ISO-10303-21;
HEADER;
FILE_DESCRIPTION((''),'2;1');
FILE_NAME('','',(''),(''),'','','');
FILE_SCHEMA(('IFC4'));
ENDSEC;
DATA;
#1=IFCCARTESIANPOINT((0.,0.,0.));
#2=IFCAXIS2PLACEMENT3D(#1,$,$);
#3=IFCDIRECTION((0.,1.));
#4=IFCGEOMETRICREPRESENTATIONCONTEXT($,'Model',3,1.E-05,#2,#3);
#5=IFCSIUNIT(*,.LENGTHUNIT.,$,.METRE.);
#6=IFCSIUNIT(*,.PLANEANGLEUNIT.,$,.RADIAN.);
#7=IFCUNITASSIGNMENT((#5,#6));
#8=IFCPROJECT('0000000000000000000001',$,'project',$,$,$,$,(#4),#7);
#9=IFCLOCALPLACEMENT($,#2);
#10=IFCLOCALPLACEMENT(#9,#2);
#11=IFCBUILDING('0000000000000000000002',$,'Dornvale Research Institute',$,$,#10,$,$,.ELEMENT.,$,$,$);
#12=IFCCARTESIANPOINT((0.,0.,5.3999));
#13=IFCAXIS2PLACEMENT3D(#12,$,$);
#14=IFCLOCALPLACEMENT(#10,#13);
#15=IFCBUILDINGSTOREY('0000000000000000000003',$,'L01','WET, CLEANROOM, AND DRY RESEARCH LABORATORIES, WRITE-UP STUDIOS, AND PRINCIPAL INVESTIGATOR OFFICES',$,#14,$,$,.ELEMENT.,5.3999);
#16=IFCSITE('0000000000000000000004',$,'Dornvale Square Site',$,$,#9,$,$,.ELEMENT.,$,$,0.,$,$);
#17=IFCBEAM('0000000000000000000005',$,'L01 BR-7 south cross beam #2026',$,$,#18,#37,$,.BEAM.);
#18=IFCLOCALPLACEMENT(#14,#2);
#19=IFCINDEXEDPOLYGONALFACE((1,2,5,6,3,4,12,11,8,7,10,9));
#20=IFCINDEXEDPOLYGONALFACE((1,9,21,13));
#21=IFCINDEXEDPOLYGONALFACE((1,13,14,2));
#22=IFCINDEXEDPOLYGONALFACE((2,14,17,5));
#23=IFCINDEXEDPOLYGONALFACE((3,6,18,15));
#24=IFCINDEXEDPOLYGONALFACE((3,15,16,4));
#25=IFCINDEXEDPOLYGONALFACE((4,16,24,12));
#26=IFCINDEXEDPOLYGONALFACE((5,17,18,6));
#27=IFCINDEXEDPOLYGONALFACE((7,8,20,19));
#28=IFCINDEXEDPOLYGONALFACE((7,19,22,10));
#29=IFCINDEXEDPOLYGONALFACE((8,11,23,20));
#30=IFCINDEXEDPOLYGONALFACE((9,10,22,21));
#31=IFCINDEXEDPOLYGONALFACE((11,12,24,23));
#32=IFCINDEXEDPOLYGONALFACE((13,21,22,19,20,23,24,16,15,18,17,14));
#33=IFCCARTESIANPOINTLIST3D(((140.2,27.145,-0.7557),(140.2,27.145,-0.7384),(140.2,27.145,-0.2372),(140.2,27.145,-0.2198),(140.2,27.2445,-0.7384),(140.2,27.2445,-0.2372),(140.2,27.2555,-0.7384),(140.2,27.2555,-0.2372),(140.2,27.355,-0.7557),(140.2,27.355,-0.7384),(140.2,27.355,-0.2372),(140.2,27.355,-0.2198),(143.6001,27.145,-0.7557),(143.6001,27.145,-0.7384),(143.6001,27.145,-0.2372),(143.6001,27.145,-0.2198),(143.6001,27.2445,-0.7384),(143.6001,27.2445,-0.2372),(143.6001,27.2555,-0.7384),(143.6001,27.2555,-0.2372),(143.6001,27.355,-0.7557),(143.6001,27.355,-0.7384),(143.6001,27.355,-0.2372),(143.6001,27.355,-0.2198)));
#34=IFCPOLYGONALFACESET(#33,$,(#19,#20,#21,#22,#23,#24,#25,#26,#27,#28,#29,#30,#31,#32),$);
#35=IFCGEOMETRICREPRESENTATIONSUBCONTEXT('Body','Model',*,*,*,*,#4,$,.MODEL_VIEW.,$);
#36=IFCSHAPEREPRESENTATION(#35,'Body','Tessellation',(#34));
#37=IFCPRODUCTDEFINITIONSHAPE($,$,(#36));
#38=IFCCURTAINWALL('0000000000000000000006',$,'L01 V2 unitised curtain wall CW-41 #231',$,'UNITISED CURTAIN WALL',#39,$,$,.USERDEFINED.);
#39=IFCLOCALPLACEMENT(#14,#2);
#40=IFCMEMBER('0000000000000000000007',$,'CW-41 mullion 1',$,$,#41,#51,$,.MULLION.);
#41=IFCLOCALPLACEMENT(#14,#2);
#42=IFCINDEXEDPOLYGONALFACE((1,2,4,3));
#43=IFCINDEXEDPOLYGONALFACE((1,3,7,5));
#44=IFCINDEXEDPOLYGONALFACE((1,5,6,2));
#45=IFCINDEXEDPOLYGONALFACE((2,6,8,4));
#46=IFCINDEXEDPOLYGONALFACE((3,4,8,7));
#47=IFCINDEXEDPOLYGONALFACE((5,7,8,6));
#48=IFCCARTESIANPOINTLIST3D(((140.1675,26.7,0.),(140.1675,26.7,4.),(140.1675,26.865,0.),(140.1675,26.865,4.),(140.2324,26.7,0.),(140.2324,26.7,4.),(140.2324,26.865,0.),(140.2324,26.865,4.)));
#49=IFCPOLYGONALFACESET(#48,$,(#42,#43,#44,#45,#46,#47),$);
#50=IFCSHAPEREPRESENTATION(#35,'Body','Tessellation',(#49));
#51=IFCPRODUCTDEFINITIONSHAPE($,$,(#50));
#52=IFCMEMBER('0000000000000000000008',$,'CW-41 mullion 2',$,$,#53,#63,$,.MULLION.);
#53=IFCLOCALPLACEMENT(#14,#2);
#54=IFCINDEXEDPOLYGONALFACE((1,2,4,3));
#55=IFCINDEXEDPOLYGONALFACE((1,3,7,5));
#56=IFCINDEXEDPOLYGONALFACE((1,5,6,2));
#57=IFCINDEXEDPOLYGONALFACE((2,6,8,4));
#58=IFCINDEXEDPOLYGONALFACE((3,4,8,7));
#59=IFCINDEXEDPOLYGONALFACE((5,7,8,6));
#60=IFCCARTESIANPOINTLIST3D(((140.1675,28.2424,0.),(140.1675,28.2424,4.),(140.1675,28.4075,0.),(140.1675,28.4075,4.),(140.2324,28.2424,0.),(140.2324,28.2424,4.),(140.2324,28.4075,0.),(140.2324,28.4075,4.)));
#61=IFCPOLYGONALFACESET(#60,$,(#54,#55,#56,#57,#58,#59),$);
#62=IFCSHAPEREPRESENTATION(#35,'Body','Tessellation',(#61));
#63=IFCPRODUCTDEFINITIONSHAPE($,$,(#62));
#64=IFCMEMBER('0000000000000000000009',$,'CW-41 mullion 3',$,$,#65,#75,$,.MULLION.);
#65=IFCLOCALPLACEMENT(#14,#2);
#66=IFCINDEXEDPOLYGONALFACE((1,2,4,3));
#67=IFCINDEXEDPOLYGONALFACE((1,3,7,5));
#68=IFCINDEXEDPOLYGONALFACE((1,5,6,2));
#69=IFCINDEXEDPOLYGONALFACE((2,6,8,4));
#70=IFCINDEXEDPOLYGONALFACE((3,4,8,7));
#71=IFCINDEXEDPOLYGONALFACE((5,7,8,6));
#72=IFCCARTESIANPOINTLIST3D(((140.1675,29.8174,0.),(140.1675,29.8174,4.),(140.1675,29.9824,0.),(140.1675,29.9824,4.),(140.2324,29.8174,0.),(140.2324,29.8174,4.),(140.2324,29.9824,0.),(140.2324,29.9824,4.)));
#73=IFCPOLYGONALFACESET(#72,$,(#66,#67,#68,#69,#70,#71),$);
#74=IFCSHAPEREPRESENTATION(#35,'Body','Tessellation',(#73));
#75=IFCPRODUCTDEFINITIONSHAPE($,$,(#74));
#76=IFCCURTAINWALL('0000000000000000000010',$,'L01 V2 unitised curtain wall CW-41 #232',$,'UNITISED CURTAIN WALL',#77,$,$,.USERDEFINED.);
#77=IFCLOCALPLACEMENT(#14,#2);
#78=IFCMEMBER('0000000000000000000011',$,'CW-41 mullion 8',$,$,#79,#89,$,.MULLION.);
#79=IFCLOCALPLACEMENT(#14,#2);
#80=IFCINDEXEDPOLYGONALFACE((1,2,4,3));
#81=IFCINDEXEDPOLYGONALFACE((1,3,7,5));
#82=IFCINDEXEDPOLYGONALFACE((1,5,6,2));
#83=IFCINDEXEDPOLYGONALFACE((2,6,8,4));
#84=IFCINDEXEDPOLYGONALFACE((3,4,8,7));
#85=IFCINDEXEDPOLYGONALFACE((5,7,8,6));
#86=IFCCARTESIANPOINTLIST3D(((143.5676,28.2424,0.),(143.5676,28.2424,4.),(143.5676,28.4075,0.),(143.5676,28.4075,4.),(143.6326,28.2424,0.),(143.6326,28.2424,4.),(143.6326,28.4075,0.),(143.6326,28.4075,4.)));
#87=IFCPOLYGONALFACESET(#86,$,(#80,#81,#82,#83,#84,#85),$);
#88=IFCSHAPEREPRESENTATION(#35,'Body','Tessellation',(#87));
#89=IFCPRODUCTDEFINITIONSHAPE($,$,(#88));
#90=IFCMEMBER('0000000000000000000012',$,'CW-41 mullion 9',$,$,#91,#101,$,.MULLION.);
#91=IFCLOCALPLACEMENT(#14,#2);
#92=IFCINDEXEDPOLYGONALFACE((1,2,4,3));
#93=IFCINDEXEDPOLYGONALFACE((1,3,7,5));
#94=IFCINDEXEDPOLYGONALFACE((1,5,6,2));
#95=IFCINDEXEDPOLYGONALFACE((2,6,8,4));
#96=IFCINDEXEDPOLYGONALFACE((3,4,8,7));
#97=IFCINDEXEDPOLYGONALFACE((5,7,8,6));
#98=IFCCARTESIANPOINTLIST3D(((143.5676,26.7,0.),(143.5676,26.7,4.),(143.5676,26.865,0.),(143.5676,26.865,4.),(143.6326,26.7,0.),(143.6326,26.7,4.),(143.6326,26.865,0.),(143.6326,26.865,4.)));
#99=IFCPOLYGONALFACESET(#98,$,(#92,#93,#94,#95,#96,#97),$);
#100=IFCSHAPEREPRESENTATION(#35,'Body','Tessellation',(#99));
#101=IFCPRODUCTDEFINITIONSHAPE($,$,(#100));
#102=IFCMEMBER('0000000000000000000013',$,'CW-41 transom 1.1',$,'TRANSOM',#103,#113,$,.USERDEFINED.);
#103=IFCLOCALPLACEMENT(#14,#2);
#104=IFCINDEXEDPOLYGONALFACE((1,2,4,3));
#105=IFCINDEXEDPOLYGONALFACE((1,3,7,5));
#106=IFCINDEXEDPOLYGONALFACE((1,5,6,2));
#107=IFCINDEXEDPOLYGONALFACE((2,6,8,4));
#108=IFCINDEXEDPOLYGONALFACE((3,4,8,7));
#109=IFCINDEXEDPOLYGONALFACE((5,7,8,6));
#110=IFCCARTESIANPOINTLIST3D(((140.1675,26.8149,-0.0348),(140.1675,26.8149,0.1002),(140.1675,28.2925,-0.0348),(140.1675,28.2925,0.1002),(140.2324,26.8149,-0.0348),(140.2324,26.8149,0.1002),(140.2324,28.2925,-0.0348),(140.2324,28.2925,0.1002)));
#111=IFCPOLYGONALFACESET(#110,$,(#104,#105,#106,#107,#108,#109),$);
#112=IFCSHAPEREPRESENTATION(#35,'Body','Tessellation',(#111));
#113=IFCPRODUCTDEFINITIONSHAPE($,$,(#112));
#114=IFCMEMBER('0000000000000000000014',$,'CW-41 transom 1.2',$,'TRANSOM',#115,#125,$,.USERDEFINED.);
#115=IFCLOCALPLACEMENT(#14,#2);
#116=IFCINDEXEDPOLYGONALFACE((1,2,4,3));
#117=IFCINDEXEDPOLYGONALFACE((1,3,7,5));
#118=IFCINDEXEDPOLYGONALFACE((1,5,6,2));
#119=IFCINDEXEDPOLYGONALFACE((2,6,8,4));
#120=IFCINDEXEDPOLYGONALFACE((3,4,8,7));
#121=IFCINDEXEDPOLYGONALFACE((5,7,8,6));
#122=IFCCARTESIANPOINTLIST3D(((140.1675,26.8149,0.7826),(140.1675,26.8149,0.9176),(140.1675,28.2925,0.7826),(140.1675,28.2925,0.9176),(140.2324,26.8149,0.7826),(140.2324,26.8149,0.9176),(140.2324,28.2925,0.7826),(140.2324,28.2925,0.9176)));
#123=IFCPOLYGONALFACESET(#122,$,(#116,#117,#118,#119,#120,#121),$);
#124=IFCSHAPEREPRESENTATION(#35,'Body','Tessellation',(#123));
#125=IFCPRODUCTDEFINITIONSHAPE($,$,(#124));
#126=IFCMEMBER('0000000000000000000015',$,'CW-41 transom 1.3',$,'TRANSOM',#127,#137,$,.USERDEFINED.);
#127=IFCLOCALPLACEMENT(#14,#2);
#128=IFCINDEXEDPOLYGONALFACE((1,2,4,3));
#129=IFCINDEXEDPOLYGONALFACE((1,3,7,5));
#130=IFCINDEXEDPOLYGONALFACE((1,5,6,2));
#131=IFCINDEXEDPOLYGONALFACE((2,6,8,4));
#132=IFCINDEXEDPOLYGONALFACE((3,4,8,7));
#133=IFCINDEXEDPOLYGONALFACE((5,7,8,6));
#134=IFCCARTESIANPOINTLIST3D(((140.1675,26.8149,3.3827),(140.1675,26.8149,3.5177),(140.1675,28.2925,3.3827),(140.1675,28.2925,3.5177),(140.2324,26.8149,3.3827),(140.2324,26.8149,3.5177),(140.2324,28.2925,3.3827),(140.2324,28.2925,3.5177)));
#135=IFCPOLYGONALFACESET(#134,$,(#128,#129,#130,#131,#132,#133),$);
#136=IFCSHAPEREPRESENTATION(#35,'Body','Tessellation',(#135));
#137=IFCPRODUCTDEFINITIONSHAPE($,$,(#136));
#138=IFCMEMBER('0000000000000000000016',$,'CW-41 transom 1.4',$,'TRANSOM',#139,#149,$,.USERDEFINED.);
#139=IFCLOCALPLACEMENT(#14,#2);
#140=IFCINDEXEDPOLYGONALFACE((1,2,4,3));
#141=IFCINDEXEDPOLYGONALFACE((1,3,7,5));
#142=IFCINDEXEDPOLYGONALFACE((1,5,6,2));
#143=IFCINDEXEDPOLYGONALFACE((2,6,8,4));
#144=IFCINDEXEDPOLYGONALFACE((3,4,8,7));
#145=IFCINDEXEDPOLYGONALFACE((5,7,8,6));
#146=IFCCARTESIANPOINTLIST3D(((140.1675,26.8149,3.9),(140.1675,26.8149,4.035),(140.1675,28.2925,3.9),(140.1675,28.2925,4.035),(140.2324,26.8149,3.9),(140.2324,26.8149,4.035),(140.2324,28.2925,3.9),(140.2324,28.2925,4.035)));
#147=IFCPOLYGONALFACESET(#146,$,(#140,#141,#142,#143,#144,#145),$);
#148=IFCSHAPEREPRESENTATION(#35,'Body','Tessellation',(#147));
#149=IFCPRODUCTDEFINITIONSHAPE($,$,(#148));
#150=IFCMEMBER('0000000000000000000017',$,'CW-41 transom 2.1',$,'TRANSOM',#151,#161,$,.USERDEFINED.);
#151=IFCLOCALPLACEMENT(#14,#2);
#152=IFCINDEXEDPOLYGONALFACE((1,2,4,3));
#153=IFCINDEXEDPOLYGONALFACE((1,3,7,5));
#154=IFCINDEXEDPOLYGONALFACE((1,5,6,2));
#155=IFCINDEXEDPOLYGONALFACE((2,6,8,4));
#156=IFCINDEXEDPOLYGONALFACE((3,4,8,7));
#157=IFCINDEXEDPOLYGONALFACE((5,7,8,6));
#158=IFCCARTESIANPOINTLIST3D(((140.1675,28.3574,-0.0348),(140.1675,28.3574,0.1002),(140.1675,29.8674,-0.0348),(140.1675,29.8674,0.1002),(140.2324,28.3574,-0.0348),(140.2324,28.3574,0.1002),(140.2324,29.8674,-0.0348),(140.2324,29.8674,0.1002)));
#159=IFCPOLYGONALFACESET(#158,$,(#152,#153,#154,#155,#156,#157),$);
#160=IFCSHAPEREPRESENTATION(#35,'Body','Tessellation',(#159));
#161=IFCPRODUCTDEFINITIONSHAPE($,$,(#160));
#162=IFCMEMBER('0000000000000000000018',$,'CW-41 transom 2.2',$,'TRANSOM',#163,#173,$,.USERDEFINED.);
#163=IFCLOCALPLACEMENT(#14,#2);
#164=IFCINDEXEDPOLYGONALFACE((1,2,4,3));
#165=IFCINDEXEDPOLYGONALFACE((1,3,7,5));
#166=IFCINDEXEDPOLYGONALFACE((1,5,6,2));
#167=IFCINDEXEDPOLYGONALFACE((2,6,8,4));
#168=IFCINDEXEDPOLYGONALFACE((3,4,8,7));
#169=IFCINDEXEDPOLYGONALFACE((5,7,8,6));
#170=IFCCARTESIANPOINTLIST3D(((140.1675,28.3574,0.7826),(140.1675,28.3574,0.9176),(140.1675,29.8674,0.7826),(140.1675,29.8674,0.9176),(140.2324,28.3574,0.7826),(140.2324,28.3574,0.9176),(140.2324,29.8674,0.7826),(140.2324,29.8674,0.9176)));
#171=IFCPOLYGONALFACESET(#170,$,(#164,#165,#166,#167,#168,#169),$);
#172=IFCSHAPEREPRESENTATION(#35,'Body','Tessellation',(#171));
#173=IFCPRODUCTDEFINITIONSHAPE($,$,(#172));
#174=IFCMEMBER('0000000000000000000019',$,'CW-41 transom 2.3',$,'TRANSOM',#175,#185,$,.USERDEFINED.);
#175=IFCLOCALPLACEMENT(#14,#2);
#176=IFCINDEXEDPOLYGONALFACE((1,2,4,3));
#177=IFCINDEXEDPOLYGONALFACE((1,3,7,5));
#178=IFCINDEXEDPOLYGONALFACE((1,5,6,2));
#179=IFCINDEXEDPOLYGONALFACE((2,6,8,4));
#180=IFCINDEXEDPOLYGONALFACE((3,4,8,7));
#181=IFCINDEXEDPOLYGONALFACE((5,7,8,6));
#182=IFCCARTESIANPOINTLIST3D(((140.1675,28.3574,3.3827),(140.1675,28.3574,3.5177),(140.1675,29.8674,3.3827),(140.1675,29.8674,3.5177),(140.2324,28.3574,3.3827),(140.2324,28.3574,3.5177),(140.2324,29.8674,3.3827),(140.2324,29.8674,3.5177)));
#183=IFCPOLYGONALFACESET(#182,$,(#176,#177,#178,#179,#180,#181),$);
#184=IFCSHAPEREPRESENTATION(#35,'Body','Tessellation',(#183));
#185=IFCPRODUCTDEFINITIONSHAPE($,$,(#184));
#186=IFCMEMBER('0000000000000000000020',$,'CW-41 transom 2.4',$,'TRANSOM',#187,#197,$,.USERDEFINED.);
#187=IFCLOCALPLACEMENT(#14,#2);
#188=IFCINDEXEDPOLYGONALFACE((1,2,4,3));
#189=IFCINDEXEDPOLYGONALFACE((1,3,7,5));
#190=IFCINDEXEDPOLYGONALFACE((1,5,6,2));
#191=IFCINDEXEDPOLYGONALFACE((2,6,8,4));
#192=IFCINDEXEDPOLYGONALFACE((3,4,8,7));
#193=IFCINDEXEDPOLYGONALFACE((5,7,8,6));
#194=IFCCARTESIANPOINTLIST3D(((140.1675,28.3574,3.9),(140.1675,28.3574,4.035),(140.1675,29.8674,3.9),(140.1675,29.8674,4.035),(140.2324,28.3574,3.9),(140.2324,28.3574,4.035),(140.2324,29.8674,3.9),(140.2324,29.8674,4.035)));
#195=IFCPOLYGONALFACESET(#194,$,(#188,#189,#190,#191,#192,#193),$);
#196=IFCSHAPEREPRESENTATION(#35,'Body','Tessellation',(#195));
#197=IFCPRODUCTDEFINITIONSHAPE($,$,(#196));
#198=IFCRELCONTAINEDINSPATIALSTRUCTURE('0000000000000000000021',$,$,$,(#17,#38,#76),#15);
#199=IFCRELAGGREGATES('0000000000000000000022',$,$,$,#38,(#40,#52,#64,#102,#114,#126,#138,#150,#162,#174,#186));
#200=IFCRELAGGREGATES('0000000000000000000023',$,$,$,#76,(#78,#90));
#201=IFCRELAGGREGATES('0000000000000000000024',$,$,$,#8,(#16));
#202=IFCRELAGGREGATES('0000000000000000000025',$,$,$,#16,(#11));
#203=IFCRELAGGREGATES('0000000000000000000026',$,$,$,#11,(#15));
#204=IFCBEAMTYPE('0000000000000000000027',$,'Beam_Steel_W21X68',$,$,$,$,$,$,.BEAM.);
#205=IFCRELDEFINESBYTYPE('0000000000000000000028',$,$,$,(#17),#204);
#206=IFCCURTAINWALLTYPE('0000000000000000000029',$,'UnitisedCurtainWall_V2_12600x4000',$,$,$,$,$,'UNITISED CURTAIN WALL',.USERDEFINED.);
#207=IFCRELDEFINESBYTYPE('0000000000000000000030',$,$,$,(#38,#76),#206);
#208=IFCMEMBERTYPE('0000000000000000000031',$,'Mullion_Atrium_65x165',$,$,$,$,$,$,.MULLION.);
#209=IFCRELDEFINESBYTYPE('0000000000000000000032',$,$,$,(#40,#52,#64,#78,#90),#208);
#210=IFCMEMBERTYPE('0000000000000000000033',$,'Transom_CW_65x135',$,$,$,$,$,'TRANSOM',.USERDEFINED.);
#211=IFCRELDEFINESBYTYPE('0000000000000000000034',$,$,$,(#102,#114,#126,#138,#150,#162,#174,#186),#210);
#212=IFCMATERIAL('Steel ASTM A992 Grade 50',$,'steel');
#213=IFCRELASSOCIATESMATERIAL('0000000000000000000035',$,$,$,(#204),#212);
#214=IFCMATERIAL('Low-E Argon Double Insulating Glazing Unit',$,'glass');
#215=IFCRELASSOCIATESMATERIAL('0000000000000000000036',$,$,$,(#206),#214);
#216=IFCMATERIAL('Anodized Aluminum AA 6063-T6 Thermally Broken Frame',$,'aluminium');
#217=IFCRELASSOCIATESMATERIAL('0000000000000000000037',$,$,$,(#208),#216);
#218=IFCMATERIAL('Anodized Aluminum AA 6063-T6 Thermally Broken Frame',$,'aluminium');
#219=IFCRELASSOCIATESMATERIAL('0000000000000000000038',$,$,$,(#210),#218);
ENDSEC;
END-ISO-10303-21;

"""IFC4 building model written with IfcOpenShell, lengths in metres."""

from ifc_helpers import new_model, si_unit, direction, frame, origin, origin_2d, place, context, subcontext, project, spatial, rectangle, i_section, extrude, material, material_profile, profile_set, type_object, element, aggregate, save


model = new_model("IFC4")

# Units and contexts
model_context = context("Model", 3, precision=1e-05, world=origin(), true_north=direction((0.0, 1.0)))
body_context = subcontext(model_context, "Body", "Model", "MODEL_VIEW")
ifc_project = project(units=[si_unit("LENGTHUNIT", "METRE"), si_unit("PLANEANGLEUNIT", "RADIAN")], contexts=[model_context])

# Site, building, storey
site_placement = place(None, origin())
site = spatial("IfcSite", under=ifc_project, at=site_placement, Name="Dornvale Square Site", CompositionType="ELEMENT", RefElevation=0.0)
building_placement = place(site_placement, origin())
building = spatial("IfcBuilding", under=site, at=building_placement, Name="Dornvale Research Institute", CompositionType="ELEMENT")
storey_placement = place(building_placement, frame((0.0, 0.0, 5.3999)))
storey = spatial("IfcBuildingStorey", under=building, at=storey_placement, Name="L01", Description="WET, CLEANROOM, AND DRY RESEARCH LABORATORIES, WRITE-UP STUDIOS, AND PRINCIPAL INVESTIGATOR OFFICES", CompositionType="ELEMENT", Elevation=5.3999)

# Beam
ifc_material_1 = material(Name="Steel ASTM A992 Grade 50", Category="steel")
ifc_material_profile_1 = material_profile(ifc_material_1, i_section(OverallWidth=0.21, OverallDepth=0.5359, WebThickness=0.011, FlangeThickness=0.0173, at=origin_2d()), Name="W21X68")
ifc_profile_set_1 = profile_set([ifc_material_profile_1], Name="Steel ASTM A992 Grade 50")
beam_type = type_object("IfcBeamType", Name="Beam_Steel_W21X68", PredefinedType="BEAM", material=ifc_profile_set_1)
beam_placement = place(storey_placement, frame((140.2, 27.25, -0.4878), z_axis=(1.0, 0.0, 0.0), x_axis=(0.0, 1.0, 0.0)))
element("IfcBeam", 1, at=beam_placement, inside=storey, type_object=beam_type, Name="L01 BR-7 south cross beam #2026", PredefinedType="BEAM", context=body_context, shape_type="SweptSolid", body=[
    extrude(i_section(OverallWidth=0.21, OverallDepth=0.5359, WebThickness=0.011, FlangeThickness=0.0173, at=origin_2d()), origin(), (0.0, 0.0, 1.0), 3.4001),
])

# Curtain walls, members
ifc_material_2 = material(Name="Low-E Argon Double Insulating Glazing Unit", Category="glass")
curtain_wall_type = type_object("IfcCurtainWallType", Name="UnitisedCurtainWall_V2_12600x4000", ElementType="UNITISED CURTAIN WALL", PredefinedType="USERDEFINED", material=ifc_material_2)
curtain_wall_1_placement = place(storey_placement, origin())
curtain_wall_1 = element("IfcCurtainWall", 2, at=curtain_wall_1_placement, inside=storey, type_object=curtain_wall_type, Name="L01 V2 unitised curtain wall CW-41 #231", ObjectType="UNITISED CURTAIN WALL", PredefinedType="USERDEFINED")
ifc_material_3 = material(Name="Anodized Aluminum AA 6063-T6 Thermally Broken Frame", Category="aluminium")
ifc_material_profile_2 = material_profile(ifc_material_3, rectangle(XDim=0.0649, YDim=0.165, at=origin_2d()), Name="ALU MULLION 65x165")
ifc_profile_set_2 = profile_set([ifc_material_profile_2], Name="Anodized Aluminum AA 6063-T6 Thermally Broken Frame")
member_type_1 = type_object("IfcMemberType", Name="Mullion_Atrium_65x165", PredefinedType="MULLION", material=ifc_profile_set_2)
member_1_placement = place(storey_placement, frame((140.2, 26.7825, 0.0), z_axis=(0.0, 0.0, 1.0), x_axis=(-1.0, 0.0, 0.0)))
member_1 = element("IfcMember", 3, at=member_1_placement, type_object=member_type_1, Name="CW-41 mullion 1", PredefinedType="MULLION", context=body_context, shape_type="SweptSolid", body=[
    extrude(rectangle(XDim=0.0649, YDim=0.165, at=origin_2d()), origin(), (0.0, 0.0, 1.0), 4.0),
])
member_2_placement = place(storey_placement, frame((140.2, 28.325, 0.0), z_axis=(0.0, 0.0, 1.0), x_axis=(-1.0, 0.0, 0.0)))
member_2 = element("IfcMember", 4, at=member_2_placement, type_object=member_type_1, Name="CW-41 mullion 2", PredefinedType="MULLION", context=body_context, shape_type="SweptSolid", body=[
    extrude(rectangle(XDim=0.0649, YDim=0.165, at=origin_2d()), origin(), (0.0, 0.0, 1.0), 4.0),
])
member_3_placement = place(storey_placement, frame((140.2, 29.8999, 0.0), z_axis=(0.0, 0.0, 1.0), x_axis=(-1.0, 0.0, 0.0)))
member_3 = element("IfcMember", 5, at=member_3_placement, type_object=member_type_1, Name="CW-41 mullion 3", PredefinedType="MULLION", context=body_context, shape_type="SweptSolid", body=[
    extrude(rectangle(XDim=0.0649, YDim=0.165, at=origin_2d()), origin(), (0.0, 0.0, 1.0), 4.0),
])
curtain_wall_2_placement = place(storey_placement, origin())
curtain_wall_2 = element("IfcCurtainWall", 6, at=curtain_wall_2_placement, inside=storey, type_object=curtain_wall_type, Name="L01 V2 unitised curtain wall CW-41 #232", ObjectType="UNITISED CURTAIN WALL", PredefinedType="USERDEFINED")
member_4_placement = place(storey_placement, frame((143.6001, 28.325, 0.0), z_axis=(0.0, 0.0, 1.0), x_axis=(1.0, 0.0, 0.0)))
member_4 = element("IfcMember", 7, at=member_4_placement, type_object=member_type_1, Name="CW-41 mullion 8", PredefinedType="MULLION", context=body_context, shape_type="SweptSolid", body=[
    extrude(rectangle(XDim=0.0649, YDim=0.165, at=origin_2d()), origin(), (0.0, 0.0, 1.0), 4.0),
])
member_5_placement = place(storey_placement, frame((143.6001, 26.7825, 0.0), z_axis=(0.0, 0.0, 1.0), x_axis=(1.0, 0.0, 0.0)))
member_5 = element("IfcMember", 8, at=member_5_placement, type_object=member_type_1, Name="CW-41 mullion 9", PredefinedType="MULLION", context=body_context, shape_type="SweptSolid", body=[
    extrude(rectangle(XDim=0.0649, YDim=0.165, at=origin_2d()), origin(), (0.0, 0.0, 1.0), 4.0),
])

# Members
ifc_material_4 = material(Name="Anodized Aluminum AA 6063-T6 Thermally Broken Frame", Category="aluminium")
ifc_material_profile_3 = material_profile(ifc_material_4, rectangle(XDim=0.0649, YDim=0.135, at=origin_2d()), Name="ALU TRANSOM 65x135")
ifc_profile_set_3 = profile_set([ifc_material_profile_3], Name="Anodized Aluminum AA 6063-T6 Thermally Broken Frame")
member_type_2 = type_object("IfcMemberType", Name="Transom_CW_65x135", ElementType="TRANSOM", PredefinedType="USERDEFINED", material=ifc_profile_set_3)
member_6_placement = place(storey_placement, frame((140.2, 26.8149, 0.0327), z_axis=(0.0, 1.0, 0.0), x_axis=(-1.0, 0.0, 0.0)))
member_6 = element("IfcMember", 9, at=member_6_placement, type_object=member_type_2, Name="CW-41 transom 1.1", ObjectType="TRANSOM", PredefinedType="USERDEFINED", context=body_context, shape_type="SweptSolid", body=[
    extrude(rectangle(XDim=0.0649, YDim=0.135, at=origin_2d()), origin(), (0.0, 0.0, 1.0), 1.4775),
])
member_7_placement = place(storey_placement, frame((140.2, 26.8149, 0.8501), z_axis=(0.0, 1.0, 0.0), x_axis=(-1.0, 0.0, 0.0)))
member_7 = element("IfcMember", 10, at=member_7_placement, type_object=member_type_2, Name="CW-41 transom 1.2", ObjectType="TRANSOM", PredefinedType="USERDEFINED", context=body_context, shape_type="SweptSolid", body=[
    extrude(rectangle(XDim=0.0649, YDim=0.135, at=origin_2d()), origin(), (0.0, 0.0, 1.0), 1.4775),
])
member_8_placement = place(storey_placement, frame((140.2, 26.8149, 3.4502), z_axis=(0.0, 1.0, 0.0), x_axis=(-1.0, 0.0, 0.0)))
member_8 = element("IfcMember", 11, at=member_8_placement, type_object=member_type_2, Name="CW-41 transom 1.3", ObjectType="TRANSOM", PredefinedType="USERDEFINED", context=body_context, shape_type="SweptSolid", body=[
    extrude(rectangle(XDim=0.0649, YDim=0.135, at=origin_2d()), origin(), (0.0, 0.0, 1.0), 1.4775),
])
member_9_placement = place(storey_placement, frame((140.2, 26.8149, 3.9675), z_axis=(0.0, 1.0, 0.0), x_axis=(-1.0, 0.0, 0.0)))
member_9 = element("IfcMember", 12, at=member_9_placement, type_object=member_type_2, Name="CW-41 transom 1.4", ObjectType="TRANSOM", PredefinedType="USERDEFINED", context=body_context, shape_type="SweptSolid", body=[
    extrude(rectangle(XDim=0.0649, YDim=0.135, at=origin_2d()), origin(), (0.0, 0.0, 1.0), 1.4775),
])
member_10_placement = place(storey_placement, frame((140.2, 28.3574, 0.0327), z_axis=(0.0, 1.0, 0.0), x_axis=(-1.0, 0.0, 0.0)))
member_10 = element("IfcMember", 13, at=member_10_placement, type_object=member_type_2, Name="CW-41 transom 2.1", ObjectType="TRANSOM", PredefinedType="USERDEFINED", context=body_context, shape_type="SweptSolid", body=[
    extrude(rectangle(XDim=0.0649, YDim=0.135, at=origin_2d()), origin(), (0.0, 0.0, 1.0), 1.51),
])
member_11_placement = place(storey_placement, frame((140.2, 28.3574, 0.8501), z_axis=(0.0, 1.0, 0.0), x_axis=(-1.0, 0.0, 0.0)))
member_11 = element("IfcMember", 14, at=member_11_placement, type_object=member_type_2, Name="CW-41 transom 2.2", ObjectType="TRANSOM", PredefinedType="USERDEFINED", context=body_context, shape_type="SweptSolid", body=[
    extrude(rectangle(XDim=0.0649, YDim=0.135, at=origin_2d()), origin(), (0.0, 0.0, 1.0), 1.51),
])
member_12_placement = place(storey_placement, frame((140.2, 28.3574, 3.4502), z_axis=(0.0, 1.0, 0.0), x_axis=(-1.0, 0.0, 0.0)))
member_12 = element("IfcMember", 15, at=member_12_placement, type_object=member_type_2, Name="CW-41 transom 2.3", ObjectType="TRANSOM", PredefinedType="USERDEFINED", context=body_context, shape_type="SweptSolid", body=[
    extrude(rectangle(XDim=0.0649, YDim=0.135, at=origin_2d()), origin(), (0.0, 0.0, 1.0), 1.51),
])
member_13_placement = place(storey_placement, frame((140.2, 28.3574, 3.9675), z_axis=(0.0, 1.0, 0.0), x_axis=(-1.0, 0.0, 0.0)))
member_13 = element("IfcMember", 16, at=member_13_placement, type_object=member_type_2, Name="CW-41 transom 2.4", ObjectType="TRANSOM", PredefinedType="USERDEFINED", context=body_context, shape_type="SweptSolid", body=[
    extrude(rectangle(XDim=0.0649, YDim=0.135, at=origin_2d()), origin(), (0.0, 0.0, 1.0), 1.51),
])

aggregate(curtain_wall_1, [member_1, member_2, member_3, member_6, member_7, member_8, member_9, member_10, member_11, member_12, member_13])
aggregate(curtain_wall_2, [member_4, member_5])

save(model, "model.ifc")
